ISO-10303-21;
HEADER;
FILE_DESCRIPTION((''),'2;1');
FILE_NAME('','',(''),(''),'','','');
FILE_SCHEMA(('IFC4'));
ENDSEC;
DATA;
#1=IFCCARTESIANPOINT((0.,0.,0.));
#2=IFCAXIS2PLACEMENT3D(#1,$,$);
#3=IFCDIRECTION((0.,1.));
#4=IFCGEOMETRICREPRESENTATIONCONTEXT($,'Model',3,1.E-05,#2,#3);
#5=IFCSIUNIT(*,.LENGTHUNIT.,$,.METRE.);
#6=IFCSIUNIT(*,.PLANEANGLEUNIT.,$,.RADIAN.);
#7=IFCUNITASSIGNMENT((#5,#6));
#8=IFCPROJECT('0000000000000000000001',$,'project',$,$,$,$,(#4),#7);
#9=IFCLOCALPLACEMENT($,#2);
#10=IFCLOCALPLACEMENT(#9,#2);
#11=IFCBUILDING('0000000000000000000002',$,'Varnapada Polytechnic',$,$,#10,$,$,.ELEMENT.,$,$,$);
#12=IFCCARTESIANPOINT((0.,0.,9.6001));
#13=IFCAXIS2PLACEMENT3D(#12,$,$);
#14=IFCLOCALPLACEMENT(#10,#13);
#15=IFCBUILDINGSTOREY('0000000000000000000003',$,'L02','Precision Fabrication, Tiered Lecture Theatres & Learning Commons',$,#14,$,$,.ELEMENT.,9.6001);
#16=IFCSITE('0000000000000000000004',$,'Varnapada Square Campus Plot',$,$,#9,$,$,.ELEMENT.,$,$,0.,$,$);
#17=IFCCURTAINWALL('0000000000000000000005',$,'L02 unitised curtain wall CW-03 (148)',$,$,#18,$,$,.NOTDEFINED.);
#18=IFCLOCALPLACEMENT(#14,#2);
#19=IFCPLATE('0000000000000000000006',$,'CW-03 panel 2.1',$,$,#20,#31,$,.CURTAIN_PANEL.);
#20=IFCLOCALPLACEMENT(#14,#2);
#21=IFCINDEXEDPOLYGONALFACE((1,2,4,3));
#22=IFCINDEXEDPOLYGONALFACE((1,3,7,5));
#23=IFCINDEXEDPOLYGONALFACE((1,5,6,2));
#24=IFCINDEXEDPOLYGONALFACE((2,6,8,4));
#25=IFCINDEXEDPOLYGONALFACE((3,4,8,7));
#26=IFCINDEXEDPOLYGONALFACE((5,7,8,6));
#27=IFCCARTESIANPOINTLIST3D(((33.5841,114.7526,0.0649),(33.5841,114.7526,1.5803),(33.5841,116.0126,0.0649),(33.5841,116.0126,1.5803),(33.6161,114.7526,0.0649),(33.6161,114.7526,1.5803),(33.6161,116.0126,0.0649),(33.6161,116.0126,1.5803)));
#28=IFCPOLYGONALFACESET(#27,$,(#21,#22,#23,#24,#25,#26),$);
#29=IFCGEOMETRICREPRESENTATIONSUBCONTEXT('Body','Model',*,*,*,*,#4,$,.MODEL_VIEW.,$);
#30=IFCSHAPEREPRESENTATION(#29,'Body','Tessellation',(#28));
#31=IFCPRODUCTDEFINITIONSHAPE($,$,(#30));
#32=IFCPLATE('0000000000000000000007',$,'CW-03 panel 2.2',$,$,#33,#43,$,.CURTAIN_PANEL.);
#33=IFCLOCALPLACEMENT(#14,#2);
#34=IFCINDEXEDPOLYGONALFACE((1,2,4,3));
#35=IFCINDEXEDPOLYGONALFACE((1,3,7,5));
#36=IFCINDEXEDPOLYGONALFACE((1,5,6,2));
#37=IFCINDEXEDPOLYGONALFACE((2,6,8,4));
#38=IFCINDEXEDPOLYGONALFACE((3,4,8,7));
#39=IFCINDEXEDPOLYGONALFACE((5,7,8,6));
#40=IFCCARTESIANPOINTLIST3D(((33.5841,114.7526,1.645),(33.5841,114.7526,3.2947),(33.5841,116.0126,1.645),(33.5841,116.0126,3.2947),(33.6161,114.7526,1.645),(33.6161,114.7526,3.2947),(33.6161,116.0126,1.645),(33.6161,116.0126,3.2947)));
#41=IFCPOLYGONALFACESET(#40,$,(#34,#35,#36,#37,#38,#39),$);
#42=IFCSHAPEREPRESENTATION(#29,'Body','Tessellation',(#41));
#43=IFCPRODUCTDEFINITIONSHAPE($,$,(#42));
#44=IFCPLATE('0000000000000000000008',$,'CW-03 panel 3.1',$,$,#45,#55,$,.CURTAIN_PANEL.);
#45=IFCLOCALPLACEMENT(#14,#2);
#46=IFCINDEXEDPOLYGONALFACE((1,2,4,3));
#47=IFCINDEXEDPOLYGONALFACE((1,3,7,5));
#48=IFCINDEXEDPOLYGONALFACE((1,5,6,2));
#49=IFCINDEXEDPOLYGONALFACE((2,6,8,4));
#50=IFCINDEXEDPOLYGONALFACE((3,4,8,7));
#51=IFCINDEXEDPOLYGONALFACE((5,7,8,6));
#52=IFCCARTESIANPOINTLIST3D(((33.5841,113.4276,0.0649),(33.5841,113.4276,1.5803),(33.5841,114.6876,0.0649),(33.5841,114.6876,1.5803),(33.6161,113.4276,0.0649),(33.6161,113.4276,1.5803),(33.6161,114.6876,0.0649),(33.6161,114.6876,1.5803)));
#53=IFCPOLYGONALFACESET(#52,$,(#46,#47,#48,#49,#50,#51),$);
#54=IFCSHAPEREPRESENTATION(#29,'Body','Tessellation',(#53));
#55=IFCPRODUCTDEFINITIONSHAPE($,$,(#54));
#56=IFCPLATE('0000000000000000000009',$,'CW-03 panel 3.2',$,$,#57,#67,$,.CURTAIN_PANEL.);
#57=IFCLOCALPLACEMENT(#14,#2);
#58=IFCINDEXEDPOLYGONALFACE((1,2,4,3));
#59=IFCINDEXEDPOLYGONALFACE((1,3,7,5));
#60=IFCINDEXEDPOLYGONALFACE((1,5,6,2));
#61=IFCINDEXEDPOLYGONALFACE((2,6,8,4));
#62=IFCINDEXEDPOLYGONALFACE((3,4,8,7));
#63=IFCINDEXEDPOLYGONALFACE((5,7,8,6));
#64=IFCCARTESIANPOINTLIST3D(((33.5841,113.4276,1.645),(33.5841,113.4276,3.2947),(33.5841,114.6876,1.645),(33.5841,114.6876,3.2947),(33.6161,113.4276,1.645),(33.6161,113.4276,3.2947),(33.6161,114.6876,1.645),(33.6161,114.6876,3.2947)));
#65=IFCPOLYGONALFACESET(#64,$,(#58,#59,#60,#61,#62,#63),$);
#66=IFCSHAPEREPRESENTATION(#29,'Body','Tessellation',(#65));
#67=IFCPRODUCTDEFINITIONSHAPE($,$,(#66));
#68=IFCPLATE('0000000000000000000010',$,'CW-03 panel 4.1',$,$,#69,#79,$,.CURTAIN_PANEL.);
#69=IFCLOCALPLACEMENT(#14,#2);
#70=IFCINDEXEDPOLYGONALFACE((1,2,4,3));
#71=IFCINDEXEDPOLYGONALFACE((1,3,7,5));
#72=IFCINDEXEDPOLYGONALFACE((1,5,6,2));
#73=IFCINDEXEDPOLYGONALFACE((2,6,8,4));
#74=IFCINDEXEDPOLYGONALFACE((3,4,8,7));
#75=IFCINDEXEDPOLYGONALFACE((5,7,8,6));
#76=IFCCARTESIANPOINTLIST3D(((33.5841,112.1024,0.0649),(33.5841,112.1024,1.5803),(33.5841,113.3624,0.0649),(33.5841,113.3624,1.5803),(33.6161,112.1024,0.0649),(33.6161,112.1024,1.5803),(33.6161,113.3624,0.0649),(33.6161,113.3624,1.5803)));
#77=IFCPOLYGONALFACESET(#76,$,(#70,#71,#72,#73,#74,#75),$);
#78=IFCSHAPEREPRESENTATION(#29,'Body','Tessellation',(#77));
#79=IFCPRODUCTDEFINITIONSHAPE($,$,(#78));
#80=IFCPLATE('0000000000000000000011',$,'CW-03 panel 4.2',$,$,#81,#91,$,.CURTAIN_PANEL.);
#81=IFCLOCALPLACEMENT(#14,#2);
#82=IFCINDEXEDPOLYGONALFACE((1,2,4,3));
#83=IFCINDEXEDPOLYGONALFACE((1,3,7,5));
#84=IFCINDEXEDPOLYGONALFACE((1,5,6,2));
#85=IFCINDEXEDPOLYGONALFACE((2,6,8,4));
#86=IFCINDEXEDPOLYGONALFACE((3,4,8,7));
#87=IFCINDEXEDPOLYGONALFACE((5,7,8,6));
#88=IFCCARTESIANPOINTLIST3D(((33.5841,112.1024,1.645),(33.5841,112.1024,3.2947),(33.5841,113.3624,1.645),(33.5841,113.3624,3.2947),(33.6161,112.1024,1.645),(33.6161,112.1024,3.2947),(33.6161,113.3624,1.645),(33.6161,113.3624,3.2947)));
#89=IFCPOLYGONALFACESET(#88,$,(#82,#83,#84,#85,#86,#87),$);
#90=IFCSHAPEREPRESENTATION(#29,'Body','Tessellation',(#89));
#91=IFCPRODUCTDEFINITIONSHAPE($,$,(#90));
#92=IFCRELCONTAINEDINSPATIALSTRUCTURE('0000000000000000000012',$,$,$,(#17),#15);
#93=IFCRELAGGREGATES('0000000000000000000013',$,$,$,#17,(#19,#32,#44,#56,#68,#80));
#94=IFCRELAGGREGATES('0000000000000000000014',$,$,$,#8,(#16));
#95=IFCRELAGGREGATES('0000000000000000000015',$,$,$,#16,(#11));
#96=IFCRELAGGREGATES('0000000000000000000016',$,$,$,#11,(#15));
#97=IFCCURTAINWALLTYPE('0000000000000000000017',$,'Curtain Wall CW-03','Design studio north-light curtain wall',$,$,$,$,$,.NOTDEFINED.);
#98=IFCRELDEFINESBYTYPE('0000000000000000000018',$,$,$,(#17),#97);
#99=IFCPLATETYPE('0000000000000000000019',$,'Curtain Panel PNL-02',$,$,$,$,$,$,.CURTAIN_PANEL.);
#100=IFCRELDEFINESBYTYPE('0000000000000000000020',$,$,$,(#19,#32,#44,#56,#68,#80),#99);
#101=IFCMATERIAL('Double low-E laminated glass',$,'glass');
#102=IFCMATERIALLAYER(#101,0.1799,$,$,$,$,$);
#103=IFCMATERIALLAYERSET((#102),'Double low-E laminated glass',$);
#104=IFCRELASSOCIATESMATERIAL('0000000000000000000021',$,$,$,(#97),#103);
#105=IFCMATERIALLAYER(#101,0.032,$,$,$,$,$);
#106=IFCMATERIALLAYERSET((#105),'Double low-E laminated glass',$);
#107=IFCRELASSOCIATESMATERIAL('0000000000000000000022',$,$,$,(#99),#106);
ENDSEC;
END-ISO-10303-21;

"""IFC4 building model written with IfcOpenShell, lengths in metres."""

from ifc_helpers import new_model, si_unit, direction, frame, origin, origin_2d, place, context, subcontext, project, spatial, rectangle, extrude, material, layer, layer_set, type_object, element, aggregate, save


model = new_model("IFC4")

# Units and contexts
model_context = context("Model", 3, precision=1e-05, world=origin(), true_north=direction((0.0, 1.0)))
body_context = subcontext(model_context, "Body", "Model", "MODEL_VIEW")
ifc_project = project(units=[si_unit("LENGTHUNIT", "METRE"), si_unit("PLANEANGLEUNIT", "RADIAN")], contexts=[model_context])

# Site, building, storey
site_placement = place(None, origin())
site = spatial("IfcSite", under=ifc_project, at=site_placement, Name="Varnapada Square Campus Plot", CompositionType="ELEMENT", RefElevation=0.0)
building_placement = place(site_placement, origin())
building = spatial("IfcBuilding", under=site, at=building_placement, Name="Varnapada Polytechnic", CompositionType="ELEMENT")
storey_placement = place(building_placement, frame((0.0, 0.0, 9.6001)))
storey = spatial("IfcBuildingStorey", under=building, at=storey_placement, Name="L02", Description="Precision Fabrication, Tiered Lecture Theatres & Learning Commons", CompositionType="ELEMENT", Elevation=9.6001)

# Curtain wall, plates
ifc_material_1 = material(Name="Double low-E laminated glass", Category="glass")
ifc_layer_1 = layer(ifc_material_1, 0.1799)
ifc_layer_set_1 = layer_set([ifc_layer_1], Name="Double low-E laminated glass")
curtain_wall_type = type_object("IfcCurtainWallType", Name="Curtain Wall CW-03", Description="Design studio north-light curtain wall", PredefinedType="NOTDEFINED", material=ifc_layer_set_1)
curtain_wall_placement = place(storey_placement, origin())
curtain_wall = element("IfcCurtainWall", 1, at=curtain_wall_placement, inside=storey, type_object=curtain_wall_type, Name="L02 unitised curtain wall CW-03 (148)", PredefinedType="NOTDEFINED")
ifc_layer_2 = layer(ifc_material_1, 0.032)
ifc_layer_set_2 = layer_set([ifc_layer_2], Name="Double low-E laminated glass")
plate_type = type_object("IfcPlateType", Name="Curtain Panel PNL-02", PredefinedType="CURTAIN_PANEL", material=ifc_layer_set_2)
plate_1_placement = place(storey_placement, frame((33.6001, 115.3826, 0.0649), z_axis=(0.0, 0.0, 1.0), x_axis=(0.0, -1.0, 0.0)))
plate_1 = element("IfcPlate", 2, at=plate_1_placement, type_object=plate_type, Name="CW-03 panel 2.1", PredefinedType="CURTAIN_PANEL", context=body_context, shape_type="SweptSolid", body=[
    extrude(rectangle(XDim=1.26, YDim=0.032, at=origin_2d()), origin(), (0.0, 0.0, 1.0), 1.5154),
])
plate_2_placement = place(storey_placement, frame((33.6001, 115.3826, 1.645), z_axis=(0.0, 0.0, 1.0), x_axis=(0.0, -1.0, 0.0)))
plate_2 = element("IfcPlate", 3, at=plate_2_placement, type_object=plate_type, Name="CW-03 panel 2.2", PredefinedType="CURTAIN_PANEL", context=body_context, shape_type="SweptSolid", body=[
    extrude(rectangle(XDim=1.26, YDim=0.032, at=origin_2d()), origin(), (0.0, 0.0, 1.0), 1.6497),
])
plate_3_placement = place(storey_placement, frame((33.6001, 114.0576, 0.0649), z_axis=(0.0, 0.0, 1.0), x_axis=(0.0, -1.0, 0.0)))
plate_3 = element("IfcPlate", 4, at=plate_3_placement, type_object=plate_type, Name="CW-03 panel 3.1", PredefinedType="CURTAIN_PANEL", context=body_context, shape_type="SweptSolid", body=[
    extrude(rectangle(XDim=1.26, YDim=0.032, at=origin_2d()), origin(), (0.0, 0.0, 1.0), 1.5154),
])
plate_4_placement = place(storey_placement, frame((33.6001, 114.0576, 1.645), z_axis=(0.0, 0.0, 1.0), x_axis=(0.0, -1.0, 0.0)))
plate_4 = element("IfcPlate", 5, at=plate_4_placement, type_object=plate_type, Name="CW-03 panel 3.2", PredefinedType="CURTAIN_PANEL", context=body_context, shape_type="SweptSolid", body=[
    extrude(rectangle(XDim=1.26, YDim=0.032, at=origin_2d()), origin(), (0.0, 0.0, 1.0), 1.6497),
])
plate_5_placement = place(storey_placement, frame((33.6001, 112.7324, 0.0649), z_axis=(0.0, 0.0, 1.0), x_axis=(0.0, -1.0, 0.0)))
plate_5 = element("IfcPlate", 6, at=plate_5_placement, type_object=plate_type, Name="CW-03 panel 4.1", PredefinedType="CURTAIN_PANEL", context=body_context, shape_type="SweptSolid", body=[
    extrude(rectangle(XDim=1.26, YDim=0.032, at=origin_2d()), origin(), (0.0, 0.0, 1.0), 1.5154),
])
plate_6_placement = place(storey_placement, frame((33.6001, 112.7324, 1.645), z_axis=(0.0, 0.0, 1.0), x_axis=(0.0, -1.0, 0.0)))
plate_6 = element("IfcPlate", 7, at=plate_6_placement, type_object=plate_type, Name="CW-03 panel 4.2", PredefinedType="CURTAIN_PANEL", context=body_context, shape_type="SweptSolid", body=[
    extrude(rectangle(XDim=1.26, YDim=0.032, at=origin_2d()), origin(), (0.0, 0.0, 1.0), 1.6497),
])
aggregate(curtain_wall, [plate_1, plate_2, plate_3, plate_4, plate_5, plate_6])

save(model, "model.ifc")
